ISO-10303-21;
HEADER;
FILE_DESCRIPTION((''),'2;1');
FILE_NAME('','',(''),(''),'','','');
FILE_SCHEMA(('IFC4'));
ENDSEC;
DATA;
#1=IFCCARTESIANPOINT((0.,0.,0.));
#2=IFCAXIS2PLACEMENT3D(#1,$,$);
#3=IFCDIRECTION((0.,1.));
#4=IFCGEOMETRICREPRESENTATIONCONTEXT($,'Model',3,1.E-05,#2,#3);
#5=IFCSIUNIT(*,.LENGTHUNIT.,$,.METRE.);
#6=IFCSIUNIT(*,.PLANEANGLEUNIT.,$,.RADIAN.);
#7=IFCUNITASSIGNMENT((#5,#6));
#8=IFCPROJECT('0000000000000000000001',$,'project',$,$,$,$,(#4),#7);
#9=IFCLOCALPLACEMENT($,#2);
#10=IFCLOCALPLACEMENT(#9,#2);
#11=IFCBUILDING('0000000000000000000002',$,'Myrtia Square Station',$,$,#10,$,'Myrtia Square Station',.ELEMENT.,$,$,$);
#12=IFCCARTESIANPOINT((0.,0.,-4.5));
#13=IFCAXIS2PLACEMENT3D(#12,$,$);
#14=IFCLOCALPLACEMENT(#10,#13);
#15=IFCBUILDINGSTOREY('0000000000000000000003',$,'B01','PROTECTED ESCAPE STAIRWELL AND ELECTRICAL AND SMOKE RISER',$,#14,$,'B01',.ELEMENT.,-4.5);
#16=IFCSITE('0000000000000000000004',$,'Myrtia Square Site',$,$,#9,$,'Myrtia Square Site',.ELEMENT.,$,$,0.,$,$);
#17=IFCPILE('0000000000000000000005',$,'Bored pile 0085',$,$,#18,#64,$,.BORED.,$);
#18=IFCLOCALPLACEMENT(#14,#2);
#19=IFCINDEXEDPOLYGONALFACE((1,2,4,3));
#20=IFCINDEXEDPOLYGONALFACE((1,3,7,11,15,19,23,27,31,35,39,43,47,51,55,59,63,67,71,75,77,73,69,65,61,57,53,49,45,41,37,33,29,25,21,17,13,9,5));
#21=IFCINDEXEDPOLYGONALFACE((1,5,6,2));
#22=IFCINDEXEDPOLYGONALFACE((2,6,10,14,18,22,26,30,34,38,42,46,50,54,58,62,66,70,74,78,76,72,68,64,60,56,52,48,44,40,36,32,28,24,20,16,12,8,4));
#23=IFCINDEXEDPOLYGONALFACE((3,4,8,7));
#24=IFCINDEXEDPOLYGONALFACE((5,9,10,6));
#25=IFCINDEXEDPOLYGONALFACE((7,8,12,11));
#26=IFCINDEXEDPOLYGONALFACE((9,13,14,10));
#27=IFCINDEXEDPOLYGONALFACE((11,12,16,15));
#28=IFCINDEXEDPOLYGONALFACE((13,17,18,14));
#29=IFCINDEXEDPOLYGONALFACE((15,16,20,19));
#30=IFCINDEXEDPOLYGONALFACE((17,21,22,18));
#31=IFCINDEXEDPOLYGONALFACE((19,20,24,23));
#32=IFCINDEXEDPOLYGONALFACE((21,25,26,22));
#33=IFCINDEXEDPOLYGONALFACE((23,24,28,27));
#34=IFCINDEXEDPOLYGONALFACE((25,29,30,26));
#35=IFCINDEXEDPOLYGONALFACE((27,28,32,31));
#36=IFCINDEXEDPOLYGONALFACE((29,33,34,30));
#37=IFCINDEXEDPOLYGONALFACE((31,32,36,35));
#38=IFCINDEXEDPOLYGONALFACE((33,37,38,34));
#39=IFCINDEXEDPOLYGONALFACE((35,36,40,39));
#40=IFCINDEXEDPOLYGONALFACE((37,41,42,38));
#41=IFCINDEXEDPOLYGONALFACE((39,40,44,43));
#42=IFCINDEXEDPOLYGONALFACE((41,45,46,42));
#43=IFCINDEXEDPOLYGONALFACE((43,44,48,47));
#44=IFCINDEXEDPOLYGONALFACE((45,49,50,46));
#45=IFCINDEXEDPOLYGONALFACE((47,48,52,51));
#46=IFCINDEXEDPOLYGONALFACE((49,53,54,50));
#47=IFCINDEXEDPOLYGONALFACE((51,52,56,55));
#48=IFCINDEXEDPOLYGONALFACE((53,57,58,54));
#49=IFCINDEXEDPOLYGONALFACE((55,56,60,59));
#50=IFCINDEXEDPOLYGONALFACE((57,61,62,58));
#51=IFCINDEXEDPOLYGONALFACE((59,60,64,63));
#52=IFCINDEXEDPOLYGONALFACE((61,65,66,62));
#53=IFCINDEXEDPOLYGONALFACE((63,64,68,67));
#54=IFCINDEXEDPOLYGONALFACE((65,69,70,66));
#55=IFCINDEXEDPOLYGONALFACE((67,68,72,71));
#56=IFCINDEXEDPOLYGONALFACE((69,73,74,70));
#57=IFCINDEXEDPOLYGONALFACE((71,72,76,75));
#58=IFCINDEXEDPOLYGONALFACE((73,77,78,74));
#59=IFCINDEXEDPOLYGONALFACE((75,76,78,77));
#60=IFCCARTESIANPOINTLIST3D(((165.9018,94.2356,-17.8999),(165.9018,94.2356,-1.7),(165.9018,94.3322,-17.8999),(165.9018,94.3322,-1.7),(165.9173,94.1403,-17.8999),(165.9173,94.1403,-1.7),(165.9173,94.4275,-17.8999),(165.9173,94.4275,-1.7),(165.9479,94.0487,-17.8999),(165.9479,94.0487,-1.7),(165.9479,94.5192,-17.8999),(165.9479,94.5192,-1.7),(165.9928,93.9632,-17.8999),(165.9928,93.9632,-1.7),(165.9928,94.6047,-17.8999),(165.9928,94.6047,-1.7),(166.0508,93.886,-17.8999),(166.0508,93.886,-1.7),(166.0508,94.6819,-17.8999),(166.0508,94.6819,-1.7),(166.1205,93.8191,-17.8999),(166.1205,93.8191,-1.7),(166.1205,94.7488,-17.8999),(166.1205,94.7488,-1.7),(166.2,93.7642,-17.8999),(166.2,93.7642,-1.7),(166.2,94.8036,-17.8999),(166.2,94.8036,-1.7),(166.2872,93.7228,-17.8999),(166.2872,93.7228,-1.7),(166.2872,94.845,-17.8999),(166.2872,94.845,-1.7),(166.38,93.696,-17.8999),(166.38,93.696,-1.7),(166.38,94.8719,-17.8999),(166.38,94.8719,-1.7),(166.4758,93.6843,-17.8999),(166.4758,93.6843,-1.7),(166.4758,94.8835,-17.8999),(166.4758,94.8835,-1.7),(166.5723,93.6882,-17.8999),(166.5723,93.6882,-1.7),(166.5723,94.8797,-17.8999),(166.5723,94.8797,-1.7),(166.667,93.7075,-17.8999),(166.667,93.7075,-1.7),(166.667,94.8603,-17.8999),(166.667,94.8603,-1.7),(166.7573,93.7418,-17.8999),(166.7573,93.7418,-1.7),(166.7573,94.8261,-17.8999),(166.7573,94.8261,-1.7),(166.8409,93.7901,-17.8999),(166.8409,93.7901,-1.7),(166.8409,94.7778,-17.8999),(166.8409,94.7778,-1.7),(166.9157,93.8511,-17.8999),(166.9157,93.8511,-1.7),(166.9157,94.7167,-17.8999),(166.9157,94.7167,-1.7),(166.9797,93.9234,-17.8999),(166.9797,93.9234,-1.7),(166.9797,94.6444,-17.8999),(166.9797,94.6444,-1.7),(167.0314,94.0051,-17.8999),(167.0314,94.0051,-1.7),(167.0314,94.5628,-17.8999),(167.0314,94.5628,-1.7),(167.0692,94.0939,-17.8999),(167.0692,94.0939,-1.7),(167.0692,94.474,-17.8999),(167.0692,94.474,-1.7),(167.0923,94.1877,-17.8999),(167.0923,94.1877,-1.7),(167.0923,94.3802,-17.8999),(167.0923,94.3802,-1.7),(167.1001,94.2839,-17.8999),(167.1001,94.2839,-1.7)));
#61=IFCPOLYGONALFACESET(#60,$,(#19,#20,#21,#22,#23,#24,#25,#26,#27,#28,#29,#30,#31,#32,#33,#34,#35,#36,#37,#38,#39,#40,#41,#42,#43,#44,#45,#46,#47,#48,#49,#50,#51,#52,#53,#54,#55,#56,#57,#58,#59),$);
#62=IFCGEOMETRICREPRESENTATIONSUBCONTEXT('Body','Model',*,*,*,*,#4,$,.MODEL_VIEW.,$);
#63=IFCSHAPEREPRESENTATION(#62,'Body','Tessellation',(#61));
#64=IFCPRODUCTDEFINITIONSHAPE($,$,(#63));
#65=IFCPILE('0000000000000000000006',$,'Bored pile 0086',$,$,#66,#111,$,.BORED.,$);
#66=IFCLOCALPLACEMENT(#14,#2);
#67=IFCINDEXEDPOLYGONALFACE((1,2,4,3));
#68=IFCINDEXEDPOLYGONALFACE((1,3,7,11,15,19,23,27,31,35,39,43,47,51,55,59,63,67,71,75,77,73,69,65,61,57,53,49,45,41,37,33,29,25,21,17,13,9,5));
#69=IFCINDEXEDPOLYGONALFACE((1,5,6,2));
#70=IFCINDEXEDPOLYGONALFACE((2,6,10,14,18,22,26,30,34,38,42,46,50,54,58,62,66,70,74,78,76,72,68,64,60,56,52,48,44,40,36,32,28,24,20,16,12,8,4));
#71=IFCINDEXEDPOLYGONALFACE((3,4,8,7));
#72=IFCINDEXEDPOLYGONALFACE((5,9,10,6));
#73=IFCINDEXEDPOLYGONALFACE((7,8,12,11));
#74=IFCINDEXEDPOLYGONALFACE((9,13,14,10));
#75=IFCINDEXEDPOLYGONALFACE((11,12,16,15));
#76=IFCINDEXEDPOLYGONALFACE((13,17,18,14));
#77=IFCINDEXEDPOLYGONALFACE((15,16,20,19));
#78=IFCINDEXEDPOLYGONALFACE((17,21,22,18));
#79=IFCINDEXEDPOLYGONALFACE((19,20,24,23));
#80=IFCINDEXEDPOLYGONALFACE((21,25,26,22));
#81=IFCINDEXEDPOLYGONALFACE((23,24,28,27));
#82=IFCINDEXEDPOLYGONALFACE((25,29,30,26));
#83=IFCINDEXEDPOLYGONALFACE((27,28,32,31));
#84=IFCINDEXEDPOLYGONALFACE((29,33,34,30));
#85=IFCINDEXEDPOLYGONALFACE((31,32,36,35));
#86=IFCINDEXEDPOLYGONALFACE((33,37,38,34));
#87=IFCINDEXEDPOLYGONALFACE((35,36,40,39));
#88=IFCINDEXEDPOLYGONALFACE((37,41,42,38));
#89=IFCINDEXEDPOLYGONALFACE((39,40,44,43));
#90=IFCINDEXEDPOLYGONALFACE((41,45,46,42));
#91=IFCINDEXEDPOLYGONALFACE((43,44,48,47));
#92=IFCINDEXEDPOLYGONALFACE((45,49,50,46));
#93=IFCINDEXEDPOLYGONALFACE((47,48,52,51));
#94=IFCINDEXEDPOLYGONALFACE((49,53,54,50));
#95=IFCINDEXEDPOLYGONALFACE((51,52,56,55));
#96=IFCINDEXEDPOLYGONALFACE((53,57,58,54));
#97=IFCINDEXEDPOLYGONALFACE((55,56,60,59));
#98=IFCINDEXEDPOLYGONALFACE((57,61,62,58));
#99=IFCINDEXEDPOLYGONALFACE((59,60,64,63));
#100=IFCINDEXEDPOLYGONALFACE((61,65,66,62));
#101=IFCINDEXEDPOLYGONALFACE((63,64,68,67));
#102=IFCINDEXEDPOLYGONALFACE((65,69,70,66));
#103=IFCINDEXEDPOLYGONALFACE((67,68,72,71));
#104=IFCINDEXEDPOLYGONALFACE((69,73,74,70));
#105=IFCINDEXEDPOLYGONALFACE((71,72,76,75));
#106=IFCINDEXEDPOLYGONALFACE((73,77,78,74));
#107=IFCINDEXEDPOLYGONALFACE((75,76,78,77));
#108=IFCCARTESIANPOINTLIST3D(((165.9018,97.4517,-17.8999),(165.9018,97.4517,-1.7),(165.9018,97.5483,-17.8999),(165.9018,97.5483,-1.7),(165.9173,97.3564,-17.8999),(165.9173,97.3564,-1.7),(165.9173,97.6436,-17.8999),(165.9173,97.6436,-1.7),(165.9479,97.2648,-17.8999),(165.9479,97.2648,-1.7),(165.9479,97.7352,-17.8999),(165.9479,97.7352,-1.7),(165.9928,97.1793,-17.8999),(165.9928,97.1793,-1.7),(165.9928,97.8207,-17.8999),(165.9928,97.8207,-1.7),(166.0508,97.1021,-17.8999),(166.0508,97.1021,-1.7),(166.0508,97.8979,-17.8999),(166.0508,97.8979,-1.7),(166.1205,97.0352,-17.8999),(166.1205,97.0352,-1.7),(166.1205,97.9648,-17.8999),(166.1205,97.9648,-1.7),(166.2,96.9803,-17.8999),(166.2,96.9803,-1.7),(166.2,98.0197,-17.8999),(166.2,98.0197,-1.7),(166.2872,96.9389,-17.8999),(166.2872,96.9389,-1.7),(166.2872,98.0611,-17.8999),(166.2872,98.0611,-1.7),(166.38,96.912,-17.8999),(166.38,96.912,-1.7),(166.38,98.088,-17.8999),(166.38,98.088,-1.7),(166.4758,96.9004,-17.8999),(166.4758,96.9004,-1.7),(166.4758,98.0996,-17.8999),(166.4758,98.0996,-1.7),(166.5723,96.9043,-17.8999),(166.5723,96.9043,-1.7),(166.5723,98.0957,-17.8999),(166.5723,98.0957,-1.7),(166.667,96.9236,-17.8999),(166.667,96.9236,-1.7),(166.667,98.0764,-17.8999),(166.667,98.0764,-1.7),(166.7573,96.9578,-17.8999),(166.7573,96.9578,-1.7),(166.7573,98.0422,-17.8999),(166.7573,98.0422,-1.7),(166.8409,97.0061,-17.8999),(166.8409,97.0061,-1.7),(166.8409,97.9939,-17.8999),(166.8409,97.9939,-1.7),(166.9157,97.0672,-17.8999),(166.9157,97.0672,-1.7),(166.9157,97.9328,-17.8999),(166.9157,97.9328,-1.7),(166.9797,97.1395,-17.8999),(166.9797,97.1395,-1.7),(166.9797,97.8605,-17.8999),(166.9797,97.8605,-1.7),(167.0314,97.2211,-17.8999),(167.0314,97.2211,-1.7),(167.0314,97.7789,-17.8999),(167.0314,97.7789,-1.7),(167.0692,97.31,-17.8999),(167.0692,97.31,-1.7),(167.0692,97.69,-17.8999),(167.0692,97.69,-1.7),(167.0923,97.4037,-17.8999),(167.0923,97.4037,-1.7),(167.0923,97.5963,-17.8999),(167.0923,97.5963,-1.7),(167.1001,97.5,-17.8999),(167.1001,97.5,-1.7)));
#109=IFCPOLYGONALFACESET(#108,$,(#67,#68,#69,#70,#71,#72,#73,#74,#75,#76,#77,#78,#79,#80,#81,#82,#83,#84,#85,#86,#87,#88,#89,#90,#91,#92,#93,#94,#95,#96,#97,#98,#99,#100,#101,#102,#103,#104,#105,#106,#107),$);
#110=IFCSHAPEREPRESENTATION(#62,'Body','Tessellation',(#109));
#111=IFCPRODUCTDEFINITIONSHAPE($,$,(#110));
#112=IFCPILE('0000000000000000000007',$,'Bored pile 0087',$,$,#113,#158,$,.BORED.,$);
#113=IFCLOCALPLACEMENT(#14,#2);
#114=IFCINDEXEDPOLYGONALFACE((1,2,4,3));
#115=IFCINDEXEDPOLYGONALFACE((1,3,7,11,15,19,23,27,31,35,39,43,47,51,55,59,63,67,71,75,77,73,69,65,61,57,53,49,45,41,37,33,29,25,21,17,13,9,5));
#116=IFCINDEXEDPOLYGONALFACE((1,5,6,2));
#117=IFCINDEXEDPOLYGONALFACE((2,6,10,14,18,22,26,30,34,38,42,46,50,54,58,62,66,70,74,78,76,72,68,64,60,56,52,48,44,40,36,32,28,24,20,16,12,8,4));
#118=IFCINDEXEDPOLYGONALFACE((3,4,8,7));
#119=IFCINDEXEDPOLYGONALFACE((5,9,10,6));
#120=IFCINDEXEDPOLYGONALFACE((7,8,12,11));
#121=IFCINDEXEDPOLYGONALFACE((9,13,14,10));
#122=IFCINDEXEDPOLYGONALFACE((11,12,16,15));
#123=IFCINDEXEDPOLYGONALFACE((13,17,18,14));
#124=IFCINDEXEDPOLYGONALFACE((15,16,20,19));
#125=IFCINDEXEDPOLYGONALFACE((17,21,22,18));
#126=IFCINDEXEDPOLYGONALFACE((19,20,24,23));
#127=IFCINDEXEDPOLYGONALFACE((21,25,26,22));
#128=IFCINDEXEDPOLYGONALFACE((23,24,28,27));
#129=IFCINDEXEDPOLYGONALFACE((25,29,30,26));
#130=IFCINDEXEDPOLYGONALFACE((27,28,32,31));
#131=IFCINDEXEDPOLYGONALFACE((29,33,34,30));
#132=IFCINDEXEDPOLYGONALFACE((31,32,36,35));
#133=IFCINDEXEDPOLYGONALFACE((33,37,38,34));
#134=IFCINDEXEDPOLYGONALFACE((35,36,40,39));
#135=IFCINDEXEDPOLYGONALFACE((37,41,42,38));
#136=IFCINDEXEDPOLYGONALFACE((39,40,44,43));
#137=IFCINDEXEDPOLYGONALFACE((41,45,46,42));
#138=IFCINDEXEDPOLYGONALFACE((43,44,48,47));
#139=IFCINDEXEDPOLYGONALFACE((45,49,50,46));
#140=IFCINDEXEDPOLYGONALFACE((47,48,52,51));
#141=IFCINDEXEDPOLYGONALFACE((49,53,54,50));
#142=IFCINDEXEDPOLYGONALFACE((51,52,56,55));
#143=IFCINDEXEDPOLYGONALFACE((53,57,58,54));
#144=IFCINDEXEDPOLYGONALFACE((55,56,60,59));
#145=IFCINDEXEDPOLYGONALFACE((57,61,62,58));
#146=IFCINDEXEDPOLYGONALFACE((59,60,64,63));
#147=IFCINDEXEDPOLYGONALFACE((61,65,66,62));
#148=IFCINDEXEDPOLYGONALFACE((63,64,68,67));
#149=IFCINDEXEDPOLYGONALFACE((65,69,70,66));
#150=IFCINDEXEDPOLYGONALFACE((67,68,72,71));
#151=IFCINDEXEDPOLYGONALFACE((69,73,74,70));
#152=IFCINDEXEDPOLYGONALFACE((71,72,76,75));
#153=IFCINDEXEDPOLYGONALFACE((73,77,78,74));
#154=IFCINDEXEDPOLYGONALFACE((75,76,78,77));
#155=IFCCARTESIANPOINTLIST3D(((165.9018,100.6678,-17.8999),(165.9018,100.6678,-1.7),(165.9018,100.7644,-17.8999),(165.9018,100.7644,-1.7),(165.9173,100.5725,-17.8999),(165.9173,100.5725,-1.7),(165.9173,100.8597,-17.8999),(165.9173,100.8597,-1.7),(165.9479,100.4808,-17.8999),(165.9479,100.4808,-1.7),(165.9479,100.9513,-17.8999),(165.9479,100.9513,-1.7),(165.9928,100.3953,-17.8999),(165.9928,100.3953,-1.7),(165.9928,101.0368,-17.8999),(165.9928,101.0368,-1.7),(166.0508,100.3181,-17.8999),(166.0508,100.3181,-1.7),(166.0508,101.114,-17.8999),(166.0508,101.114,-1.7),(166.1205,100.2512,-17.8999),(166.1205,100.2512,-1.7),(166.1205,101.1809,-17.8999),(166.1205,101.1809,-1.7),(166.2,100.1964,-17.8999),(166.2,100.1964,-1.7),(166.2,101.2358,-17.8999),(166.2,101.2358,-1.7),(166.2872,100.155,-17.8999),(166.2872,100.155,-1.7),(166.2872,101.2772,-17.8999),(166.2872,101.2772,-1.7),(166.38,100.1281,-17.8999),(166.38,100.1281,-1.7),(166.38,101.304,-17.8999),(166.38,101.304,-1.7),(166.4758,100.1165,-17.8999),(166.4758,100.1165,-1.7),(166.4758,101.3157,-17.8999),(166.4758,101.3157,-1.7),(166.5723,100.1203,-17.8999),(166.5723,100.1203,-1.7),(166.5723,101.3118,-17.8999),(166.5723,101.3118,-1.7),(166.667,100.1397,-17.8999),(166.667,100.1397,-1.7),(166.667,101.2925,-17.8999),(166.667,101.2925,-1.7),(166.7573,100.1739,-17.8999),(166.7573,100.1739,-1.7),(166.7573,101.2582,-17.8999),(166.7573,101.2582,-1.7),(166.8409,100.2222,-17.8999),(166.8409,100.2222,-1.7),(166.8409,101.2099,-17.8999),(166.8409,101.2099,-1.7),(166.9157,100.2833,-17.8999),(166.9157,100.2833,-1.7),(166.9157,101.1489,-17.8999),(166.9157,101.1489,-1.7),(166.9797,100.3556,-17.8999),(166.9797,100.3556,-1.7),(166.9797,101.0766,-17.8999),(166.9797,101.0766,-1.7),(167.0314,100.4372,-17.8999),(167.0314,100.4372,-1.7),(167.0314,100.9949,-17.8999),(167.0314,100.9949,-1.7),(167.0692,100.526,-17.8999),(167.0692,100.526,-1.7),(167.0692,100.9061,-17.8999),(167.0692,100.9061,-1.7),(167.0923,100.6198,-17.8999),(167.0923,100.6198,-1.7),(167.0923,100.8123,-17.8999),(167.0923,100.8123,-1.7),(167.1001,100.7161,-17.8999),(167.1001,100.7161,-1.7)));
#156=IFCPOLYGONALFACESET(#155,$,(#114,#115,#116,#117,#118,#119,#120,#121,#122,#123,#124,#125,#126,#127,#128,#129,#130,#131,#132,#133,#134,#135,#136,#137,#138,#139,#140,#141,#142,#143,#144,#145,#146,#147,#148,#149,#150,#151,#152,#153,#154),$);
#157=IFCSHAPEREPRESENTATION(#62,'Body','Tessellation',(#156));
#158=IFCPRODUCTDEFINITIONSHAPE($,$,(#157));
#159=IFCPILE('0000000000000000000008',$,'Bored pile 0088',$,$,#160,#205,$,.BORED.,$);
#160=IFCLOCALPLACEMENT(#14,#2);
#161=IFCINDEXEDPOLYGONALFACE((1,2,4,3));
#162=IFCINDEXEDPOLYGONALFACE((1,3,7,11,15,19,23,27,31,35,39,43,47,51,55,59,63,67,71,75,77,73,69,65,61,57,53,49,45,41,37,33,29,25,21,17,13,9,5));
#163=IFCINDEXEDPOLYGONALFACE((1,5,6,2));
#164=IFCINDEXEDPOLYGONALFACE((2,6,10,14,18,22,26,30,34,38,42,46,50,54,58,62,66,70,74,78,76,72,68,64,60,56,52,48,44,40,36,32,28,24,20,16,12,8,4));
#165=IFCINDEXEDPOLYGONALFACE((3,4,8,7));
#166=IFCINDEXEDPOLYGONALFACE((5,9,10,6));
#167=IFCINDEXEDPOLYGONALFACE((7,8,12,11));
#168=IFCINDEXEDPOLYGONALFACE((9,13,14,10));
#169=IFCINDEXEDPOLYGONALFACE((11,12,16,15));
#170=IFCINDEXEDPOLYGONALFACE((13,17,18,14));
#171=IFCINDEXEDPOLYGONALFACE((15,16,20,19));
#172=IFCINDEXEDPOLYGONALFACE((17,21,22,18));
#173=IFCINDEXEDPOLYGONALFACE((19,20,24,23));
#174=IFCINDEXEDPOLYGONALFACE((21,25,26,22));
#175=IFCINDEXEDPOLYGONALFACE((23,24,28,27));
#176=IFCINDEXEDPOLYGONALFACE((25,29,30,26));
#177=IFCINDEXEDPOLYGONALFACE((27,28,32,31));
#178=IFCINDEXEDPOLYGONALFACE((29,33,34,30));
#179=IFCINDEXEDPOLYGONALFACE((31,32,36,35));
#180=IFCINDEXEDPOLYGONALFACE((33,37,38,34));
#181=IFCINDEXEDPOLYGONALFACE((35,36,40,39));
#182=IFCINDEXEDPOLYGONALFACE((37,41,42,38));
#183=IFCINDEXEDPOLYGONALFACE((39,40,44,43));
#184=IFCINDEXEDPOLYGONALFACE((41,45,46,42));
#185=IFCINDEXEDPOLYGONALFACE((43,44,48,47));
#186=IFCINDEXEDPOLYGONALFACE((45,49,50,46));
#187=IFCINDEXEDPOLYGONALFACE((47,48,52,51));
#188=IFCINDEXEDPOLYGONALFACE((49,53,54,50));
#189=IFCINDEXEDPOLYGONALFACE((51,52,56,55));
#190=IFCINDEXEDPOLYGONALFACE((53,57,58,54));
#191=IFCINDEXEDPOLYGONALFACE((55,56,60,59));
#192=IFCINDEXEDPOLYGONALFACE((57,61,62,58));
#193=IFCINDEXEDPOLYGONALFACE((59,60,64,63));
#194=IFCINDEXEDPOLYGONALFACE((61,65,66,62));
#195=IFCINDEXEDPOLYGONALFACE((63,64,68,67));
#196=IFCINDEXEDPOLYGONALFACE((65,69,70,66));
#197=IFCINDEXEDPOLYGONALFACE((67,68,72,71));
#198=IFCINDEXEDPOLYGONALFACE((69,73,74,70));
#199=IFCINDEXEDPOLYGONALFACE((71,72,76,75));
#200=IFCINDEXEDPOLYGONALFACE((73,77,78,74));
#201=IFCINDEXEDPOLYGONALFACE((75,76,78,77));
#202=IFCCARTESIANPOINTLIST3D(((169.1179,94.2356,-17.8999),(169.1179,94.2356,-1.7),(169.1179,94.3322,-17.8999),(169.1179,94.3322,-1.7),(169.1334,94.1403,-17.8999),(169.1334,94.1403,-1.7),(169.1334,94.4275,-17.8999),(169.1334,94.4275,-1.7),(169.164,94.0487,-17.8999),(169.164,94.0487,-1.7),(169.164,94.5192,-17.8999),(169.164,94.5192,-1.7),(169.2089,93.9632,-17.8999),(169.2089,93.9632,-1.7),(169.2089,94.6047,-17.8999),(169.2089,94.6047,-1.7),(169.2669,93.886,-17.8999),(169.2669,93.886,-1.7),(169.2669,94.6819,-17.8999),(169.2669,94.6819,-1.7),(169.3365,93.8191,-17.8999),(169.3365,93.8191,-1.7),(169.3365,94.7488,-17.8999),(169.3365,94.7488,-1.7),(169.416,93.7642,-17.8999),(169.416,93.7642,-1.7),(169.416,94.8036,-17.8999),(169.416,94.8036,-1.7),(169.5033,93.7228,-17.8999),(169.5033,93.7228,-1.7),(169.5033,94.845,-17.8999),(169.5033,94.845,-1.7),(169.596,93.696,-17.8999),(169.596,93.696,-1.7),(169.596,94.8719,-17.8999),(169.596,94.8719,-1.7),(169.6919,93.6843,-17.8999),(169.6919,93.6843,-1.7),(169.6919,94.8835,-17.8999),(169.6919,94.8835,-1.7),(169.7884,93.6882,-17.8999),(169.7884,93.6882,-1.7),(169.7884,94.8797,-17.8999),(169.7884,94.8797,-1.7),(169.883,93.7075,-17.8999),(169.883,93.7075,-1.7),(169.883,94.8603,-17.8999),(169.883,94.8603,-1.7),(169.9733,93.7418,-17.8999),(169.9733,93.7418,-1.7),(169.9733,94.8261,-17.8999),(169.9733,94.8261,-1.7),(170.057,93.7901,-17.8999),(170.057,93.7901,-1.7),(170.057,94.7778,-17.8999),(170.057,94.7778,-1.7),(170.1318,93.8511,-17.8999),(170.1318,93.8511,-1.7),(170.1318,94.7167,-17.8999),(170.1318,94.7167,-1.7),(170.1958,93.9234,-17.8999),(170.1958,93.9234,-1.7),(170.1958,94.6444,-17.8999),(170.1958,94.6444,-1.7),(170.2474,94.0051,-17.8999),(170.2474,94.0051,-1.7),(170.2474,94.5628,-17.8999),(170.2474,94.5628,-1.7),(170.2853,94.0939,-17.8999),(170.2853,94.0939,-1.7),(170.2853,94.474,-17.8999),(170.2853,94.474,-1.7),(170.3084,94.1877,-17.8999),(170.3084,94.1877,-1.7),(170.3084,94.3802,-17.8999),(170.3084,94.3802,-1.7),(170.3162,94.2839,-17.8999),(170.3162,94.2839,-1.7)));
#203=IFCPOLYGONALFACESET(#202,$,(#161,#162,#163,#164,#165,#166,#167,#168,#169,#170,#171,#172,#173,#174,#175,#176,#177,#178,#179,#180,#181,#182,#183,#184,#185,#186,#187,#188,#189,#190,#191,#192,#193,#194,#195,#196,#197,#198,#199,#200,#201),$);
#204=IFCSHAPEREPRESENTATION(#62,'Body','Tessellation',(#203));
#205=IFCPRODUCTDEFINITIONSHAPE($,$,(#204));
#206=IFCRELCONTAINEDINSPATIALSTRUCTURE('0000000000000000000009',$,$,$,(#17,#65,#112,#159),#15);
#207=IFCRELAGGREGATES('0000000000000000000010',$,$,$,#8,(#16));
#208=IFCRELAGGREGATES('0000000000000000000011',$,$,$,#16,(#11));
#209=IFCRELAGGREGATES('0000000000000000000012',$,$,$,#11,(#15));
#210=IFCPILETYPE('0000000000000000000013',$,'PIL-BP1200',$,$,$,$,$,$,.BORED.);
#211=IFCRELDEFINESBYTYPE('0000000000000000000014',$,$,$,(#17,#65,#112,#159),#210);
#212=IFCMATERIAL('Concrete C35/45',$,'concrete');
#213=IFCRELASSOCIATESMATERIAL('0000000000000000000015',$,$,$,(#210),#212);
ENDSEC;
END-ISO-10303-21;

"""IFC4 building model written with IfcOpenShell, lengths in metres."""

from ifc_helpers import new_model, si_unit, direction, frame, origin, origin_2d, place, context, subcontext, project, spatial, circle, extrude, material, material_profile, profile_set, type_object, element, save


model = new_model("IFC4")

# Units and contexts
model_context = context("Model", 3, precision=1e-05, world=origin(), true_north=direction((0.0, 1.0)))
body_context = subcontext(model_context, "Body", "Model", "MODEL_VIEW")
ifc_project = project(units=[si_unit("LENGTHUNIT", "METRE"), si_unit("PLANEANGLEUNIT", "RADIAN")], contexts=[model_context])

# Site, building, storey
site_placement = place(None, origin())
site = spatial("IfcSite", under=ifc_project, at=site_placement, Name="Myrtia Square Site", LongName="Myrtia Square Site", CompositionType="ELEMENT", RefElevation=0.0)
building_placement = place(site_placement, origin())
building = spatial("IfcBuilding", under=site, at=building_placement, Name="Myrtia Square Station", LongName="Myrtia Square Station", CompositionType="ELEMENT")
storey_placement = place(building_placement, frame((0.0, 0.0, -4.5)))
storey = spatial("IfcBuildingStorey", under=building, at=storey_placement, Name="B01", Description="PROTECTED ESCAPE STAIRWELL AND ELECTRICAL AND SMOKE RISER", LongName="B01", CompositionType="ELEMENT", Elevation=-4.5)

# Shared definitions
ifc_material_1 = material(Name="Concrete C35/45", Category="concrete")

# Piles
ifc_material_profile_1 = material_profile(ifc_material_1, circle(Radius=0.6001, at=origin_2d()), Name="BP D1200")
ifc_profile_set_1 = profile_set([ifc_material_profile_1], Name="Concrete C35/45")
pile_type_1 = type_object("IfcPileType", Name="PIL-BP1200", PredefinedType="BORED", material=ifc_profile_set_1)
for number, where, z_axis, x_axis, name in (
    (1, (166.5, 94.2839, -1.7), (0.0, 0.0, -1.0), (1.0, 0.0, 0.0), "Bored pile 0085"),
    (2, (166.5, 97.5, -1.7), (0.0, 0.0, -1.0), (1.0, 0.0, 0.0), "Bored pile 0086"),
    (3, (166.5, 100.7161, -1.7), (0.0, 0.0, -1.0), (1.0, 0.0, 0.0), "Bored pile 0087"),
    (4, (169.7161, 94.2839, -1.7), (0.0, 0.0, -1.0), (1.0, 0.0, 0.0), "Bored pile 0088"),
):
    element("IfcPile", number, at=place(storey_placement, frame(where, z_axis=z_axis, x_axis=x_axis)), inside=storey, type_object=pile_type_1, Name=name, PredefinedType="BORED", context=body_context, shape_type="SweptSolid", body=[
        extrude(circle(Radius=0.6001, at=origin_2d()), origin(), (0.0, 0.0, 1.0), 16.2),
    ])

save(model, "model.ifc")
